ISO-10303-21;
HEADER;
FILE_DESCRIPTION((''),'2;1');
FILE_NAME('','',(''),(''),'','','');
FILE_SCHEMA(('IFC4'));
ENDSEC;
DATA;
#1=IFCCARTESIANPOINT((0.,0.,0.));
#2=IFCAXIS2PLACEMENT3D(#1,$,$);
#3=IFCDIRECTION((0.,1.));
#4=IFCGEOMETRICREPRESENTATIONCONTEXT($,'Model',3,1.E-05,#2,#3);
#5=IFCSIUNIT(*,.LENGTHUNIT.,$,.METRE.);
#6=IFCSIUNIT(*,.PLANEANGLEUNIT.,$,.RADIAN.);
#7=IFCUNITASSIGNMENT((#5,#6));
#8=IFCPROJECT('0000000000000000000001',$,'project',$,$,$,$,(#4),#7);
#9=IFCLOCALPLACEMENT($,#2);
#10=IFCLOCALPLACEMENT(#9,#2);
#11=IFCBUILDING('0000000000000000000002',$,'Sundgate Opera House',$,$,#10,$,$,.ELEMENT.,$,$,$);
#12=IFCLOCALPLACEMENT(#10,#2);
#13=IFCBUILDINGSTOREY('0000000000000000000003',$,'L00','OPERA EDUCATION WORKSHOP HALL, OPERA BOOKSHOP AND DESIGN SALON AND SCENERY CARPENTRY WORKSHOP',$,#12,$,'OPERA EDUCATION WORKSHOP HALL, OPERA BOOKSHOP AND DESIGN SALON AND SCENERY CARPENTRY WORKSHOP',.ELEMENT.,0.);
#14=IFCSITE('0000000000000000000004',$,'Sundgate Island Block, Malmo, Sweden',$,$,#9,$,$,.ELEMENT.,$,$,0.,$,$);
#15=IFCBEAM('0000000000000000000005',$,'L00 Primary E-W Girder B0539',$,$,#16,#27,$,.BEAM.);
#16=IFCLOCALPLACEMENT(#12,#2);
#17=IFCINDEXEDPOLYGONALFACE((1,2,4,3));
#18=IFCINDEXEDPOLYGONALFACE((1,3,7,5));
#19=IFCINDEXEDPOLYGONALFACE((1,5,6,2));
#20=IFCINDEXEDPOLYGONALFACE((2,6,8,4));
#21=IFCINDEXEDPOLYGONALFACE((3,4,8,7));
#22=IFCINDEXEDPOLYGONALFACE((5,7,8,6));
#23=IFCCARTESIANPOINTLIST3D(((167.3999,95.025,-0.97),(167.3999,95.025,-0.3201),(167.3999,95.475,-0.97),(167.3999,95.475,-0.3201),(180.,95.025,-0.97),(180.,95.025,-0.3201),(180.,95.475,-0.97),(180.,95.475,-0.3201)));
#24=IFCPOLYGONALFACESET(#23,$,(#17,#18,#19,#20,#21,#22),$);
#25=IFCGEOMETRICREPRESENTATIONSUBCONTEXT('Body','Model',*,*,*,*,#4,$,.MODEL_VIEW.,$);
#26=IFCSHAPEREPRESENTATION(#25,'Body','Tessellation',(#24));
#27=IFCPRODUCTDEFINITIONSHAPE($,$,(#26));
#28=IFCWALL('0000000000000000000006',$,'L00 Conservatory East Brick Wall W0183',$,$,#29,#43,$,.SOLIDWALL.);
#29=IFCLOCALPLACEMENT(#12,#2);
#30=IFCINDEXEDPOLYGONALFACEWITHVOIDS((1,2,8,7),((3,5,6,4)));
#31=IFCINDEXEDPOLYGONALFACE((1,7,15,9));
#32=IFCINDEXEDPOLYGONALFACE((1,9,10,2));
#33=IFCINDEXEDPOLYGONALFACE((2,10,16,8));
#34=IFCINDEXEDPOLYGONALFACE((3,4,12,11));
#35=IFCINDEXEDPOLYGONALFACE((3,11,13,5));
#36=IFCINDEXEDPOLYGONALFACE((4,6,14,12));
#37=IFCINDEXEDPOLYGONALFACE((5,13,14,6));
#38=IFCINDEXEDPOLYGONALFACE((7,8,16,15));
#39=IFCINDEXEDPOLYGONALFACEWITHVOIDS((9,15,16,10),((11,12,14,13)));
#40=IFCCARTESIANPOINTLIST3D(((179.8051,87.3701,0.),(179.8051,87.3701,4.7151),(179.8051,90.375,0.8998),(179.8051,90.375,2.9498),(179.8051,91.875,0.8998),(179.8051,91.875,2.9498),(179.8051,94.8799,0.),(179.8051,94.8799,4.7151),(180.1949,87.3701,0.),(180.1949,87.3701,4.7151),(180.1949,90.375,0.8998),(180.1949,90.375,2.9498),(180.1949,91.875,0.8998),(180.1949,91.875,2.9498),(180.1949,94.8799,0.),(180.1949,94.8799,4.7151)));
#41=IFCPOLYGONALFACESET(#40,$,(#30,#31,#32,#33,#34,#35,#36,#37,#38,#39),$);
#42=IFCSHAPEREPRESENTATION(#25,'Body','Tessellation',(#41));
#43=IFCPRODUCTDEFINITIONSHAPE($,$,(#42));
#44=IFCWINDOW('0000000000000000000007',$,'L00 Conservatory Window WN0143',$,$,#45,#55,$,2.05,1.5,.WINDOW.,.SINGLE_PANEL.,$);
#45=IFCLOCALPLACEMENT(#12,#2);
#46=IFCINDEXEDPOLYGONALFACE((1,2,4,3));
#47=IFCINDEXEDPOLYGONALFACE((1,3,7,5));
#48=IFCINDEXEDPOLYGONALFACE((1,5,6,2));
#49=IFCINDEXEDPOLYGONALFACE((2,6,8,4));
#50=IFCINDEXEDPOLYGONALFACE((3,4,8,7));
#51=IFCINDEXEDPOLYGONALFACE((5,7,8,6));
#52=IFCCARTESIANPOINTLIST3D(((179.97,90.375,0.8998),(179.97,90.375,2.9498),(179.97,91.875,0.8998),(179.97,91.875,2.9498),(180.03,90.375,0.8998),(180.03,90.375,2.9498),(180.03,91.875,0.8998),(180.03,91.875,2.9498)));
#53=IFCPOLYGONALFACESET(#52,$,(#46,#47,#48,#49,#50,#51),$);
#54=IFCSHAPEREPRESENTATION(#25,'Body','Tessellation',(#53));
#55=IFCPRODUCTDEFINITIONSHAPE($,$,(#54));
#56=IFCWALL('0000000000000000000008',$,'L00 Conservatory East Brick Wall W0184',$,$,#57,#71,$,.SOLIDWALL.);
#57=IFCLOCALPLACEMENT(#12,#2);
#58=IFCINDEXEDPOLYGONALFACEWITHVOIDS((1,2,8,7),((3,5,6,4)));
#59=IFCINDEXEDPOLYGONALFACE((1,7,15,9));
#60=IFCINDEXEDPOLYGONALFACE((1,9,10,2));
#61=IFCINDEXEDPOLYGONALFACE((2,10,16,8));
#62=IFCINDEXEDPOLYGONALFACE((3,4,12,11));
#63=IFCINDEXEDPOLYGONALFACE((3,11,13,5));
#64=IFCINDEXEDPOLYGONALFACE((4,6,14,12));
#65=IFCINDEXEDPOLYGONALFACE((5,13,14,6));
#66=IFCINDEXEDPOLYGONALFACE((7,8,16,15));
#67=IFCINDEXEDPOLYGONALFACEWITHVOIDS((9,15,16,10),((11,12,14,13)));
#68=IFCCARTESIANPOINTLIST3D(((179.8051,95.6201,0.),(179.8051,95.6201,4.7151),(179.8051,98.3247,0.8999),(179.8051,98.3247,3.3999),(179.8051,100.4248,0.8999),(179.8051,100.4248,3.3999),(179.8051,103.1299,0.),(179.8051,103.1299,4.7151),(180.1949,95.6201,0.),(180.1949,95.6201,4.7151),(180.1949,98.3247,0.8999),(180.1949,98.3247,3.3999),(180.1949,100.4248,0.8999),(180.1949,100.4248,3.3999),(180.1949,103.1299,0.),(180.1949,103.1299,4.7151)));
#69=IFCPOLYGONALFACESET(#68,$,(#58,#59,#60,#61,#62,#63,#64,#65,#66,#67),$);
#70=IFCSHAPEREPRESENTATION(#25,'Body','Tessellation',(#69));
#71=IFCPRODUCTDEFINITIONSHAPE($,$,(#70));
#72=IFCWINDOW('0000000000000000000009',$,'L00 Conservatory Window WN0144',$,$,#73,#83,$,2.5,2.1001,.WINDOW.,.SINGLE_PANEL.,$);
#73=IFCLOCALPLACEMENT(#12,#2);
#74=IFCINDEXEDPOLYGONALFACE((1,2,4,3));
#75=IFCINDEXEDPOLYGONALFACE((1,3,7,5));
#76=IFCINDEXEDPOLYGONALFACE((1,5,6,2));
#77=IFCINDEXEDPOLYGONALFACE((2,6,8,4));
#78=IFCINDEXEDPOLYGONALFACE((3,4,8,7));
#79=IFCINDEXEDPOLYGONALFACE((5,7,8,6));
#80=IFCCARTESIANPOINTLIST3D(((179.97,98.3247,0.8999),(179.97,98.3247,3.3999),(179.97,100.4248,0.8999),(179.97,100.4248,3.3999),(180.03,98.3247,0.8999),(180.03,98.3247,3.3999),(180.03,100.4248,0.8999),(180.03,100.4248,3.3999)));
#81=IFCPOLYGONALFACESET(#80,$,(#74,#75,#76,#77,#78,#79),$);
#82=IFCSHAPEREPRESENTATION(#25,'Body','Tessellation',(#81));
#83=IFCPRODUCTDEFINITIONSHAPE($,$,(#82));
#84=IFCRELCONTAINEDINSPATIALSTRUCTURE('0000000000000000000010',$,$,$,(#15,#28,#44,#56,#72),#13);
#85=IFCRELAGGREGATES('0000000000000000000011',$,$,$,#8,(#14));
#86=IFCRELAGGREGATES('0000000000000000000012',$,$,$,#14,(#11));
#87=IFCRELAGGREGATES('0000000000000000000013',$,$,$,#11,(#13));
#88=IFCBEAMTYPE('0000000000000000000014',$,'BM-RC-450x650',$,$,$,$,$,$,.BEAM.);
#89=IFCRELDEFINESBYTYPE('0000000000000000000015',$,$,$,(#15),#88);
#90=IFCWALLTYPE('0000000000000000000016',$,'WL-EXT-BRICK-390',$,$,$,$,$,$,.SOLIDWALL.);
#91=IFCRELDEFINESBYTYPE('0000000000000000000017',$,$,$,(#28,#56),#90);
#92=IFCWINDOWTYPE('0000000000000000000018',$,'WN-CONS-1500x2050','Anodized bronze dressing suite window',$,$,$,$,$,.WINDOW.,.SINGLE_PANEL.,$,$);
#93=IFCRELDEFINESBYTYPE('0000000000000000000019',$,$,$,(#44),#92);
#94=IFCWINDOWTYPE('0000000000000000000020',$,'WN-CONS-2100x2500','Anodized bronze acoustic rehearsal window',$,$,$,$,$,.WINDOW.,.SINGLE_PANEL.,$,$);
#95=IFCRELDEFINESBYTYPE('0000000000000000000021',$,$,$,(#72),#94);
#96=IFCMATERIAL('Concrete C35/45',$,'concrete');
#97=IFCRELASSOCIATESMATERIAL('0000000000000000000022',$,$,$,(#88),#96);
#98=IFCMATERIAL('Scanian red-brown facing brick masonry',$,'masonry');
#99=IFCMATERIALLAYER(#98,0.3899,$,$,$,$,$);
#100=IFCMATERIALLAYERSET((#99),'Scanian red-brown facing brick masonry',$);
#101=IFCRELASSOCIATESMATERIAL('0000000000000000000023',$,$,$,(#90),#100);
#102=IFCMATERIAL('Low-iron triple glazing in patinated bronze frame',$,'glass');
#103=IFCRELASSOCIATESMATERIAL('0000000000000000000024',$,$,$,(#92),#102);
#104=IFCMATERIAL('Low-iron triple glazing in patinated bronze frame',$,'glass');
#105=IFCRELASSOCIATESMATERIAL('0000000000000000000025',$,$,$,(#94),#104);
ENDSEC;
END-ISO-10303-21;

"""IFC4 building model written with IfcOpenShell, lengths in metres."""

from ifc_helpers import new_model, si_unit, direction, frame, frame_2d, origin, origin_2d, place, context, subcontext, project, spatial, rectangle, extrude, material, layer, layer_set, material_profile, profile_set, type_object, element, fill, save


model = new_model("IFC4")

# Units and contexts
model_context = context("Model", 3, precision=1e-05, world=origin(), true_north=direction((0.0, 1.0)))
body_context = subcontext(model_context, "Body", "Model", "MODEL_VIEW")
ifc_project = project(units=[si_unit("LENGTHUNIT", "METRE"), si_unit("PLANEANGLEUNIT", "RADIAN")], contexts=[model_context])

# Site, building, storey
site_placement = place(None, origin())
site = spatial("IfcSite", under=ifc_project, at=site_placement, Name="Sundgate Island Block, Malmo, Sweden", CompositionType="ELEMENT", RefElevation=0.0)
building_placement = place(site_placement, origin())
building = spatial("IfcBuilding", under=site, at=building_placement, Name="Sundgate Opera House", CompositionType="ELEMENT")
storey_placement = place(building_placement, origin())
storey = spatial("IfcBuildingStorey", under=building, at=storey_placement, Name="L00", Description="OPERA EDUCATION WORKSHOP HALL, OPERA BOOKSHOP AND DESIGN SALON AND SCENERY CARPENTRY WORKSHOP", LongName="OPERA EDUCATION WORKSHOP HALL, OPERA BOOKSHOP AND DESIGN SALON AND SCENERY CARPENTRY WORKSHOP", CompositionType="ELEMENT", Elevation=0.0)

# Beam
ifc_material_1 = material(Name="Concrete C35/45", Category="concrete")
ifc_material_profile_1 = material_profile(ifc_material_1, rectangle(XDim=0.45, YDim=0.6499, at=origin_2d()), Name="RC 450x650")
ifc_profile_set_1 = profile_set([ifc_material_profile_1], Name="Concrete C35/45")
beam_type_1 = type_object("IfcBeamType", Name="BM-RC-450x650", PredefinedType="BEAM", material=ifc_profile_set_1)
beam_1_placement = place(storey_placement, frame((167.3999, 95.25, -0.645), z_axis=(1.0, 0.0, 0.0), x_axis=(0.0, 1.0, 0.0)))
element("IfcBeam", 1, at=beam_1_placement, inside=storey, type_object=beam_type_1, Name="L00 Primary E-W Girder B0539", PredefinedType="BEAM", context=body_context, shape_type="SweptSolid", body=[
    extrude(rectangle(XDim=0.45, YDim=0.6499, at=origin_2d()), origin(), (0.0, 0.0, 1.0), 12.6001),
])

# Walls, openings, windows
ifc_material_2 = material(Name="Scanian red-brown facing brick masonry", Category="masonry")
ifc_layer = layer(ifc_material_2, 0.3899)
ifc_layer_set = layer_set([ifc_layer], Name="Scanian red-brown facing brick masonry")
wall_type = type_object("IfcWallType", Name="WL-EXT-BRICK-390", PredefinedType="SOLIDWALL", material=ifc_layer_set)
wall_1_placement = place(storey_placement, frame((180.0, 94.8799, 0.0), z_axis=(0.0, 0.0, 1.0), x_axis=(0.0, -1.0, 0.0)))
wall_1 = element("IfcWall", 2, at=wall_1_placement, inside=storey, type_object=wall_type, Name="L00 Conservatory East Brick Wall W0183", PredefinedType="SOLIDWALL", context=body_context, shape_type="SweptSolid", body=[
    extrude(rectangle(XDim=7.5098, YDim=0.3899, at=frame_2d((3.7549, 0.0))), origin(), (0.0, 0.0, 1.0), 4.7151),
])
opening_1_placement = place(wall_1_placement, frame((3.0049, 0.0, 0.8999)))
opening_1 = element("IfcOpeningElement", 3, at=opening_1_placement, cuts=wall_1, PredefinedType="OPENING", context=body_context, shape_type="SweptSolid", body=[
    extrude(rectangle(XDim=1.5, YDim=2.05, at=frame_2d((0.75, 1.0249))), frame((0.0, 0.2048, 0.0), z_axis=(0.0, -1.0, 0.0), x_axis=(1.0, 0.0, 0.0)), (0.0, 0.0, 1.0), 0.4099),
])
ifc_material_3 = material(Name="Low-iron triple glazing in patinated bronze frame", Category="glass")
window_type_1 = type_object("IfcWindowType", Name="WN-CONS-1500x2050", Description="Anodized bronze dressing suite window", PartitioningType="SINGLE_PANEL", PredefinedType="WINDOW", material=ifc_material_3)
window_1_placement = place(opening_1_placement, origin())
window_1 = element("IfcWindow", 4, at=window_1_placement, inside=storey, type_object=window_type_1, Name="L00 Conservatory Window WN0143", OverallHeight=2.05, OverallWidth=1.5, PartitioningType="SINGLE_PANEL", PredefinedType="WINDOW", context=body_context, shape_type="SweptSolid", body=[
    extrude(rectangle(XDim=1.5, YDim=2.05, at=frame_2d((0.75, 1.0249))), frame((0.0, 0.03, 0.0), z_axis=(0.0, -1.0, 0.0), x_axis=(1.0, 0.0, 0.0)), (0.0, 0.0, 1.0), 0.0601),
])
fill(opening_1, window_1)
wall_2_placement = place(storey_placement, frame((180.0, 103.1299, 0.0), z_axis=(0.0, 0.0, 1.0), x_axis=(0.0, -1.0, 0.0)))
wall_2 = element("IfcWall", 5, at=wall_2_placement, inside=storey, type_object=wall_type, Name="L00 Conservatory East Brick Wall W0184", PredefinedType="SOLIDWALL", context=body_context, shape_type="SweptSolid", body=[
    extrude(rectangle(XDim=7.5098, YDim=0.3899, at=frame_2d((3.7549, 0.0))), origin(), (0.0, 0.0, 1.0), 4.7151),
])
opening_2_placement = place(wall_2_placement, frame((2.7051, 0.0, 0.8999)))
opening_2 = element("IfcOpeningElement", 6, at=opening_2_placement, cuts=wall_2, PredefinedType="OPENING", context=body_context, shape_type="SweptSolid", body=[
    extrude(rectangle(XDim=2.1001, YDim=2.5, at=frame_2d((1.05, 1.25))), frame((0.0, 0.2048, 0.0), z_axis=(0.0, -1.0, 0.0), x_axis=(1.0, 0.0, 0.0)), (0.0, 0.0, 1.0), 0.4099),
])
ifc_material_4 = material(Name="Low-iron triple glazing in patinated bronze frame", Category="glass")
window_type_2 = type_object("IfcWindowType", Name="WN-CONS-2100x2500", Description="Anodized bronze acoustic rehearsal window", PartitioningType="SINGLE_PANEL", PredefinedType="WINDOW", material=ifc_material_4)
window_2_placement = place(opening_2_placement, origin())
window_2 = element("IfcWindow", 7, at=window_2_placement, inside=storey, type_object=window_type_2, Name="L00 Conservatory Window WN0144", OverallHeight=2.5, OverallWidth=2.1001, PartitioningType="SINGLE_PANEL", PredefinedType="WINDOW", context=body_context, shape_type="SweptSolid", body=[
    extrude(rectangle(XDim=2.1001, YDim=2.5, at=frame_2d((1.05, 1.25))), frame((0.0, 0.03, 0.0), z_axis=(0.0, -1.0, 0.0), x_axis=(1.0, 0.0, 0.0)), (0.0, 0.0, 1.0), 0.0601),
])
fill(opening_2, window_2)

save(model, "model.ifc")
